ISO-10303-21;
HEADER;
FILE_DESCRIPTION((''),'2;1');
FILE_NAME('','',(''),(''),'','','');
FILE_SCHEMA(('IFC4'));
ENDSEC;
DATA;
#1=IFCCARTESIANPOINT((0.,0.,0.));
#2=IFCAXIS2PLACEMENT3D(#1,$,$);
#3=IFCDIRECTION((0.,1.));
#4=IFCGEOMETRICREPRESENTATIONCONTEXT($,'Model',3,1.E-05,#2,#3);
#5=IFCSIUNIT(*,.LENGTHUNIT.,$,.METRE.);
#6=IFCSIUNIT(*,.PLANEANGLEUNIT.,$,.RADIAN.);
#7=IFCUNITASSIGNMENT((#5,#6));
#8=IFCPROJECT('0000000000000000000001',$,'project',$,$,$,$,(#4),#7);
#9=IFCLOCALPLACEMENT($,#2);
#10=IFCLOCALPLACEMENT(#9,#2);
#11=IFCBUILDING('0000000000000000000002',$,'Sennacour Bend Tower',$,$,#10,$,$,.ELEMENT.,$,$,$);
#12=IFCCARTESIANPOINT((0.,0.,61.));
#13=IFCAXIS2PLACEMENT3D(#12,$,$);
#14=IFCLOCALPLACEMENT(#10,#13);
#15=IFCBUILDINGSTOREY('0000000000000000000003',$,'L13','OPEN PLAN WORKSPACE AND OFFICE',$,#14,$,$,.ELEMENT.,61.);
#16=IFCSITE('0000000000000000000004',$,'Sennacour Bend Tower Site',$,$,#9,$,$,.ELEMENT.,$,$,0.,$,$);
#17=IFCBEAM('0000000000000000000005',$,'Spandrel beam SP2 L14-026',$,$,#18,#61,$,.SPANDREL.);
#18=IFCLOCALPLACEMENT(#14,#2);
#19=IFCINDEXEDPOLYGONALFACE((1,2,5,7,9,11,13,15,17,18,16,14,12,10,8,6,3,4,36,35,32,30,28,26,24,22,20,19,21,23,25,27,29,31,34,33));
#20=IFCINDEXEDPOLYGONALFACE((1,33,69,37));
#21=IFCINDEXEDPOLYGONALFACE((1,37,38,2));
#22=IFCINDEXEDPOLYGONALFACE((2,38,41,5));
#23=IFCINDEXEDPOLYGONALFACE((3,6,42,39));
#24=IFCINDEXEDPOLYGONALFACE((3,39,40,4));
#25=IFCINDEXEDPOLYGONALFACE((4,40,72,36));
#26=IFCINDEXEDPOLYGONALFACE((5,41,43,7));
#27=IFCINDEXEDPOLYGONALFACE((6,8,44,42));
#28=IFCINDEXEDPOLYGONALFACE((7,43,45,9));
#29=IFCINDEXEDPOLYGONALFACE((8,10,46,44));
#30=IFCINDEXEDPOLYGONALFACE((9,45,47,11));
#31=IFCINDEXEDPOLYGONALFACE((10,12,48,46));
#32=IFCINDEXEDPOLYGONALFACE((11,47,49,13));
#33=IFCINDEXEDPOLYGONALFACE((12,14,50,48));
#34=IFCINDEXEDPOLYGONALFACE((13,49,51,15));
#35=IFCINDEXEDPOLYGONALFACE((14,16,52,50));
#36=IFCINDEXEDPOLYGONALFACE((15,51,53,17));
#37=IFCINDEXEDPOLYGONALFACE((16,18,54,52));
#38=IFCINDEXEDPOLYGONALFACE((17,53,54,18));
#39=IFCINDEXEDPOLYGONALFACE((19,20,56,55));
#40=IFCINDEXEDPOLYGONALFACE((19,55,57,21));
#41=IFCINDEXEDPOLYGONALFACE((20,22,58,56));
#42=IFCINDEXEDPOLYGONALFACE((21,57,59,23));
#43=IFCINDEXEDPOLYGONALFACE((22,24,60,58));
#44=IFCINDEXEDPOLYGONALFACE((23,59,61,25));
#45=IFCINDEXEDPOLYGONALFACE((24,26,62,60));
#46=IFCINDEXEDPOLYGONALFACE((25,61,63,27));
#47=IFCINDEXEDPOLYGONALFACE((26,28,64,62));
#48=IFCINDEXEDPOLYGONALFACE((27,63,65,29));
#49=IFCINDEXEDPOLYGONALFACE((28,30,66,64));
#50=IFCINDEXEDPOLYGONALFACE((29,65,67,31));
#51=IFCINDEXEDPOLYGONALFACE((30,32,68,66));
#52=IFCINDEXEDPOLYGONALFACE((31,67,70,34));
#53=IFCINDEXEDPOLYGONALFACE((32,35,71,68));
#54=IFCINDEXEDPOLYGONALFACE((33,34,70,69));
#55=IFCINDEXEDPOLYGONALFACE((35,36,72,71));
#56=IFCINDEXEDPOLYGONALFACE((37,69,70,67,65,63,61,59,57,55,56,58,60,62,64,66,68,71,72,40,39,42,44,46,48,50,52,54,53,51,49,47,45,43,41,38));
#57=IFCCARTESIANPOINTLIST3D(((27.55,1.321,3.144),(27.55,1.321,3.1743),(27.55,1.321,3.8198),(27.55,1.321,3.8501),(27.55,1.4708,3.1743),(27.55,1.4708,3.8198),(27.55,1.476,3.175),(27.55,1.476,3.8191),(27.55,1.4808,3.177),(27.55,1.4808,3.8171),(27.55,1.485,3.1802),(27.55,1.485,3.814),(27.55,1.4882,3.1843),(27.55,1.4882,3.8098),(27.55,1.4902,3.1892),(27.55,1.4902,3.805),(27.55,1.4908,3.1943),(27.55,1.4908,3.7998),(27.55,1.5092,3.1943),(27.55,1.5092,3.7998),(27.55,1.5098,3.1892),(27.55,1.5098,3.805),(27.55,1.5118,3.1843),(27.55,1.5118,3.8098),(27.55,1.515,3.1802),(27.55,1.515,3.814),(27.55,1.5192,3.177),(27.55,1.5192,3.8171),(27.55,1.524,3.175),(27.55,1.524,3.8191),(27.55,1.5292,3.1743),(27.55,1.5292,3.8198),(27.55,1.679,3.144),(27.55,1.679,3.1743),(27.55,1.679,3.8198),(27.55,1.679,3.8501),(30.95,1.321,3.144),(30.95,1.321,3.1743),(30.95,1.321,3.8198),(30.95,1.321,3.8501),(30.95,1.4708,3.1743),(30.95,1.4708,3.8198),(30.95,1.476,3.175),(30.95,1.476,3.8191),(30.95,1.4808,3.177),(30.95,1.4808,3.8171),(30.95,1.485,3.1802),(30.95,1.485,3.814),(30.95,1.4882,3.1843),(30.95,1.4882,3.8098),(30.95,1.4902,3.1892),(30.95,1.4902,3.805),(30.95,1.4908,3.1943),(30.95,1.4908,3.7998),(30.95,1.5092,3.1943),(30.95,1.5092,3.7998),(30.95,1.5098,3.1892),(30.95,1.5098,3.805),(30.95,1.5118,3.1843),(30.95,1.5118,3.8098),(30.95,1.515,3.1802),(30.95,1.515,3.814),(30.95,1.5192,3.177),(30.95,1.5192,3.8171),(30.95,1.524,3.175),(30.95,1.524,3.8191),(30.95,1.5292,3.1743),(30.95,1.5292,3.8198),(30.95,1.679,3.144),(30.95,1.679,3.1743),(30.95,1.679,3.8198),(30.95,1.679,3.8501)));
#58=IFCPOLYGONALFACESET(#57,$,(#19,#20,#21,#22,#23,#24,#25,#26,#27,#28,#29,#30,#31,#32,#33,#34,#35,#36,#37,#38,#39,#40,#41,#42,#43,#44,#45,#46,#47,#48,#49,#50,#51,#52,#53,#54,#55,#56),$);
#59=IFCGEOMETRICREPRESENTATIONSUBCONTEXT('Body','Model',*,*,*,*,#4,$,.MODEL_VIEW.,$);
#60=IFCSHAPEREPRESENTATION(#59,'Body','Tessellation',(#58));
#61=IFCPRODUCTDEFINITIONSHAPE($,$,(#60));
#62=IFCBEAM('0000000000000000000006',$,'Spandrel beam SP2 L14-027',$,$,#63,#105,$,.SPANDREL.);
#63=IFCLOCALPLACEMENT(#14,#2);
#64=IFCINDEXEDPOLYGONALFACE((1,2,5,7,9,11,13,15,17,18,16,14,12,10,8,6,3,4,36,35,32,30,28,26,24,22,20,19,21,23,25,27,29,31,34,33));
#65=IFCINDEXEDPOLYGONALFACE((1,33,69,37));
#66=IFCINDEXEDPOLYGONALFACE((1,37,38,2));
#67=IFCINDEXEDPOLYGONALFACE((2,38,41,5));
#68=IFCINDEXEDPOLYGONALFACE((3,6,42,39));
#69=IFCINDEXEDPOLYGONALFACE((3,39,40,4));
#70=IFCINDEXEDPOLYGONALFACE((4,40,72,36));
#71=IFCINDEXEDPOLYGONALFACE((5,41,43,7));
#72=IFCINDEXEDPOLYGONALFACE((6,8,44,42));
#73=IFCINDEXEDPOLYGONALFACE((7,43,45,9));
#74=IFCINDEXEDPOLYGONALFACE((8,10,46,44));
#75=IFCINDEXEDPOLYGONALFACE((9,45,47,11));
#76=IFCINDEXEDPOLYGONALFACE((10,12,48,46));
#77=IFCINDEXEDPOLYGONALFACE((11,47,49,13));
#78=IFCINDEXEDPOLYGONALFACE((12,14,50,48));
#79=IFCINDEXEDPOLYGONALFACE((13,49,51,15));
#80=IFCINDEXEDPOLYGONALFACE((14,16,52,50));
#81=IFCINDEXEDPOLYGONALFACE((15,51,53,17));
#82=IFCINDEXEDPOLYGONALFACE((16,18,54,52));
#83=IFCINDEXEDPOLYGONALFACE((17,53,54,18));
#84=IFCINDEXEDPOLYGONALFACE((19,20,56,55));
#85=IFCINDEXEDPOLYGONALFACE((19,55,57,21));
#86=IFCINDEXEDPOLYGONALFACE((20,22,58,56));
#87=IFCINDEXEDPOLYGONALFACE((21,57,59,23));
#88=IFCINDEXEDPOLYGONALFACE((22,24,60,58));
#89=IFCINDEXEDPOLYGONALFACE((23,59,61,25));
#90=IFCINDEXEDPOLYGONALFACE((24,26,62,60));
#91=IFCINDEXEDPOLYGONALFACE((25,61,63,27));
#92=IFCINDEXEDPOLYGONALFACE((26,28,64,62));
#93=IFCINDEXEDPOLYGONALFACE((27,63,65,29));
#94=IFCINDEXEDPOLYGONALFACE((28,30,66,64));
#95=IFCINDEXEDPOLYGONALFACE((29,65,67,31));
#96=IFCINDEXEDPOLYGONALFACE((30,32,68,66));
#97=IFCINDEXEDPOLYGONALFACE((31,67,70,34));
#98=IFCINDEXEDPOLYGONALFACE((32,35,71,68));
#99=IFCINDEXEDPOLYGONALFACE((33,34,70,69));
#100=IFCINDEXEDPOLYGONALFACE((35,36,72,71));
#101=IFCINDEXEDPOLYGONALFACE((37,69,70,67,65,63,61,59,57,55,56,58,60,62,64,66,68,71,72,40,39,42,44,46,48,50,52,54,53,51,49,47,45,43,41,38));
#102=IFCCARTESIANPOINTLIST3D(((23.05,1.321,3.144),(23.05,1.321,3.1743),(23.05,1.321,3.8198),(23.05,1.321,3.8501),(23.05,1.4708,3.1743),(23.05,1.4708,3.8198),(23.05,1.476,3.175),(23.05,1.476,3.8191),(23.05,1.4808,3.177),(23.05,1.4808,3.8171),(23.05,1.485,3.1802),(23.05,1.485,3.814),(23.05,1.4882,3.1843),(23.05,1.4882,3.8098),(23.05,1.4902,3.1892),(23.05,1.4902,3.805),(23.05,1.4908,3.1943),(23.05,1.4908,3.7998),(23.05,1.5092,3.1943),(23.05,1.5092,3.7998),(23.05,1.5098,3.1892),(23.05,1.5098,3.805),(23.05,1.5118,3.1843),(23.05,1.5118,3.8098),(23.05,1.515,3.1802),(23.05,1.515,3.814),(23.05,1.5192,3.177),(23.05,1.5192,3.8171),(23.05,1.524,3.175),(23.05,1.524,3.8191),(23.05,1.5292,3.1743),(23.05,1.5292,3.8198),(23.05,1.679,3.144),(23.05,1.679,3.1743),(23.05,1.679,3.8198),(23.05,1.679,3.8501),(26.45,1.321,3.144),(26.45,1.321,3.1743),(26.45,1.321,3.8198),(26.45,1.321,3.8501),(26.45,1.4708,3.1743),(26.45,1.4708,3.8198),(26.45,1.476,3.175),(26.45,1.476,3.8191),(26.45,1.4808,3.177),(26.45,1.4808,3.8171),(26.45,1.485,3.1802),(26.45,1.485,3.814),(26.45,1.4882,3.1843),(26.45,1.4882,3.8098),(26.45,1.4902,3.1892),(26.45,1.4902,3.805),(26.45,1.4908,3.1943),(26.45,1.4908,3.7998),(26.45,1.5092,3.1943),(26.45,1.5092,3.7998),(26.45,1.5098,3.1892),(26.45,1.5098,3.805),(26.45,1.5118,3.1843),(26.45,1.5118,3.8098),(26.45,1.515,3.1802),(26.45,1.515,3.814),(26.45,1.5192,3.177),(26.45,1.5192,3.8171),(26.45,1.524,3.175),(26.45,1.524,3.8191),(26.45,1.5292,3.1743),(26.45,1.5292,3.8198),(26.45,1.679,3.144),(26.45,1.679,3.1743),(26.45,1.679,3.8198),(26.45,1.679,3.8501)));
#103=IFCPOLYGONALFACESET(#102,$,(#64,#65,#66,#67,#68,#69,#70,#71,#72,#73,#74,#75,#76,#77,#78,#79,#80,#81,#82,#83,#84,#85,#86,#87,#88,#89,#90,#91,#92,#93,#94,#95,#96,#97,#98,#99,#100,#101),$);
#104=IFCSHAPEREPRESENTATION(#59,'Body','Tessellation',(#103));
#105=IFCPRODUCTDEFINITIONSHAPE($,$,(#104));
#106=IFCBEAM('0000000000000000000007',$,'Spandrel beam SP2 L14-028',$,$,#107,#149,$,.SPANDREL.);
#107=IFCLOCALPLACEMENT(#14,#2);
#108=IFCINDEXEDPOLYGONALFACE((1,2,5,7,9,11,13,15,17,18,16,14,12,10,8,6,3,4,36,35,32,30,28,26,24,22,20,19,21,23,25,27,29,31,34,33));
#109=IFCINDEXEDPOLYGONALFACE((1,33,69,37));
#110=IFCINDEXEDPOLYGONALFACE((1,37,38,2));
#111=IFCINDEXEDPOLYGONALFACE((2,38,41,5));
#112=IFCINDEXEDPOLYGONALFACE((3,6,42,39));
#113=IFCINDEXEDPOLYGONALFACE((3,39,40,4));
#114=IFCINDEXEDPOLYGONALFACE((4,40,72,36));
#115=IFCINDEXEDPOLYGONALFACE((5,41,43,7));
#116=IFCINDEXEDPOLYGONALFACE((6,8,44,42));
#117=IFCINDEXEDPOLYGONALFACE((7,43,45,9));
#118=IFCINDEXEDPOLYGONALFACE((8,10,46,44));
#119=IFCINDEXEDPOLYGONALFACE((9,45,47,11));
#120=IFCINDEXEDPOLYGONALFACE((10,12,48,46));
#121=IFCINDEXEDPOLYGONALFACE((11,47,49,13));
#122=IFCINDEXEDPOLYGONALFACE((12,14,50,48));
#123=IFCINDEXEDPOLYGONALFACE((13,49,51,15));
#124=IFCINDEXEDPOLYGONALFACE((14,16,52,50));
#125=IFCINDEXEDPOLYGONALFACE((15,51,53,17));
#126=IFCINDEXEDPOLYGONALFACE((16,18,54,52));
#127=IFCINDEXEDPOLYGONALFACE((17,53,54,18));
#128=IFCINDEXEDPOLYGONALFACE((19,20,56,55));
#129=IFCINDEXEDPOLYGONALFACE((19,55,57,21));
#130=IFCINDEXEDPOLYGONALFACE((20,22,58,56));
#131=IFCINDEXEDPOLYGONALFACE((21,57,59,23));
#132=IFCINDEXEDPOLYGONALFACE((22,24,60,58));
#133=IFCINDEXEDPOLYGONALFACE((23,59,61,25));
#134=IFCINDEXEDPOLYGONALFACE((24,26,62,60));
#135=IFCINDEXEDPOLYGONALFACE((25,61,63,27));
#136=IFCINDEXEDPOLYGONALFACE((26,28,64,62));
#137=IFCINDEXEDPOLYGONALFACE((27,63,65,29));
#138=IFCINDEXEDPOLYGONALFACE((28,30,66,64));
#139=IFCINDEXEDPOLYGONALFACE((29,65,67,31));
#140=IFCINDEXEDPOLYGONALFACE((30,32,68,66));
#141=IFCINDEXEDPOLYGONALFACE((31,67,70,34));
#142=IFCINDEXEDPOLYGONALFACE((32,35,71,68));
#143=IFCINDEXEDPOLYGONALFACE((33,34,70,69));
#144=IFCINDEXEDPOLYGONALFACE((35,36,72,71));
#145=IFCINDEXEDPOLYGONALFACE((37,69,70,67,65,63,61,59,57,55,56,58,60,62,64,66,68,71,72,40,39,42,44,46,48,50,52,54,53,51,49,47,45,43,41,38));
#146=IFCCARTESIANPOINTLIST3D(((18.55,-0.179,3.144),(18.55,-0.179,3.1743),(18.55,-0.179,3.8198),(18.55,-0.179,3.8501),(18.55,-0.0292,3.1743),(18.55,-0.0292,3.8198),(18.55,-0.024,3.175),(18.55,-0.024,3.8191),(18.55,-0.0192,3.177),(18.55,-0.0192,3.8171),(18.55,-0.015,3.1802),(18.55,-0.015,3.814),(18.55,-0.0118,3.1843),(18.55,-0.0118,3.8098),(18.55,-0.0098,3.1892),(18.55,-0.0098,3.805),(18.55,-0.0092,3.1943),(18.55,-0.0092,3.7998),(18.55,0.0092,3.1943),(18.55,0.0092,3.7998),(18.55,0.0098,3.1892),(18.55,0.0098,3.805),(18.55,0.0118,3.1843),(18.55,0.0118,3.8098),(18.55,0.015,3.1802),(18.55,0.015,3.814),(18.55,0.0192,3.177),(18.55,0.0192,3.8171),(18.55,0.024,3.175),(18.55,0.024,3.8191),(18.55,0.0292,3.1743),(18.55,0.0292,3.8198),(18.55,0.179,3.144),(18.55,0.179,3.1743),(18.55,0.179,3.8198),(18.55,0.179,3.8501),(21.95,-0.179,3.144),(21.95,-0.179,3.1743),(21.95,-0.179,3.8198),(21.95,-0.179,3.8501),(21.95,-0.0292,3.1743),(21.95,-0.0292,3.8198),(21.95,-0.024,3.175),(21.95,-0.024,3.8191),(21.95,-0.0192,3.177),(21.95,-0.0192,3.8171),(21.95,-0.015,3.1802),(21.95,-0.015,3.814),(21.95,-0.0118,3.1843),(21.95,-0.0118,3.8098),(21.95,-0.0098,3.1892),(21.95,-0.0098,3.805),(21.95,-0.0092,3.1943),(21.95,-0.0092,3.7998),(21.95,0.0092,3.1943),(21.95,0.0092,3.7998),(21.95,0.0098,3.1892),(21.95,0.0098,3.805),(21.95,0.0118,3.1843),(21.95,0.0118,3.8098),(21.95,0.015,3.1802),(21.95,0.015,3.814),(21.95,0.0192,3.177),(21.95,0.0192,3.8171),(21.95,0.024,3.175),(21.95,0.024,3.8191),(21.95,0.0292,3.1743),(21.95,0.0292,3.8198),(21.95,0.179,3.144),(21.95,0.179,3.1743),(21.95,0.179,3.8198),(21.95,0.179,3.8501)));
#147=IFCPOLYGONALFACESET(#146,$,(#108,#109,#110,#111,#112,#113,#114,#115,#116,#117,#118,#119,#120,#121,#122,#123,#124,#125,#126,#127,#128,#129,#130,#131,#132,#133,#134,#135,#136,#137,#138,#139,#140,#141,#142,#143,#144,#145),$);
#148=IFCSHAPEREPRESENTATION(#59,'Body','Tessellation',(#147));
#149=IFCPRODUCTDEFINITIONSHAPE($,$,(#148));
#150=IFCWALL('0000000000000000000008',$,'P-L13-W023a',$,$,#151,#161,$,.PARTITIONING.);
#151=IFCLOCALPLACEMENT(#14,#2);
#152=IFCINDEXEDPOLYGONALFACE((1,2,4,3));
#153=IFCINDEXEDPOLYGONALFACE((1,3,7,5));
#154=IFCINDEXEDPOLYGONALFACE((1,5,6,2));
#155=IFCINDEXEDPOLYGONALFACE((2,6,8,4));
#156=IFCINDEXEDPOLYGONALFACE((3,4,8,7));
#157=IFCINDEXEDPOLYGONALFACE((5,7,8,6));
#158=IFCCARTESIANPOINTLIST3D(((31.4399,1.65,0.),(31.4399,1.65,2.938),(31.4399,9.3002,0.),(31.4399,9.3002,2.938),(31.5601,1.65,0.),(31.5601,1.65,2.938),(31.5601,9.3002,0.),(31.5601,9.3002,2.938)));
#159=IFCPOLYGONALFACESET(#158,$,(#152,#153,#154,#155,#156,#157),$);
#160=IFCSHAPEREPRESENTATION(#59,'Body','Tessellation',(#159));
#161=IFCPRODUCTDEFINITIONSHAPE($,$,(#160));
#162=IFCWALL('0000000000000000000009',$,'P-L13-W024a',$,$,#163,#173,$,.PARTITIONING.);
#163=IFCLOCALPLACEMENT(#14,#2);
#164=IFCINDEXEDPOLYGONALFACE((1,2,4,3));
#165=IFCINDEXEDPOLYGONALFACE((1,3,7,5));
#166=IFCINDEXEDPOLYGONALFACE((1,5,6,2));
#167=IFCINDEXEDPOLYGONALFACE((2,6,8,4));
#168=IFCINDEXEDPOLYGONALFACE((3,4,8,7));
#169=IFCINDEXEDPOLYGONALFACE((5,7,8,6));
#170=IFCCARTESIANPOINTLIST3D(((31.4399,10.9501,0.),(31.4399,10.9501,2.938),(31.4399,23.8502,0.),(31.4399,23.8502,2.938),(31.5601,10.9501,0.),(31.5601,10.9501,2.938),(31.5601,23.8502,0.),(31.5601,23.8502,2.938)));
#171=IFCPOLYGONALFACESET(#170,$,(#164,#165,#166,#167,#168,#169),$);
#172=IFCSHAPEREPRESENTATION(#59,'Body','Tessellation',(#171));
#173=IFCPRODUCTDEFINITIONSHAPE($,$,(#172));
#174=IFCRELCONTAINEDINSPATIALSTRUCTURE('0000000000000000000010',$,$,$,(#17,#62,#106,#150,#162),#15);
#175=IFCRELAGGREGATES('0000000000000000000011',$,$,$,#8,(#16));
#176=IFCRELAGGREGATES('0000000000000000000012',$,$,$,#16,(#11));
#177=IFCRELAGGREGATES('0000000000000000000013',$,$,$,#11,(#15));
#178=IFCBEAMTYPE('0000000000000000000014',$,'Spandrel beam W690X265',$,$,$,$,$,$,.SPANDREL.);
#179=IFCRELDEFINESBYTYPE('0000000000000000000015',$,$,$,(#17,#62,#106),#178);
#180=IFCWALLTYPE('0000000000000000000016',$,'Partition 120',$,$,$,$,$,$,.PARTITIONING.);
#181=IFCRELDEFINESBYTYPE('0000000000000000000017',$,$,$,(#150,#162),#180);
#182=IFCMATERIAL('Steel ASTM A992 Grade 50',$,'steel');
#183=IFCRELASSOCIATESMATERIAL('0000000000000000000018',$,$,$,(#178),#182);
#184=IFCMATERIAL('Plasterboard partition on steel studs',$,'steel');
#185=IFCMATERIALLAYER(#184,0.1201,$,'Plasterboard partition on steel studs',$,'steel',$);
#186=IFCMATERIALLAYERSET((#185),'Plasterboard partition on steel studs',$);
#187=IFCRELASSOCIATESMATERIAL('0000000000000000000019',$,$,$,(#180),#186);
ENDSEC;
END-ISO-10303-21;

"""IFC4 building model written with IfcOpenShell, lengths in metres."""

from ifc_helpers import new_model, si_unit, direction, frame, frame_2d, origin, origin_2d, place, context, subcontext, project, spatial, rectangle, i_section, extrude, material, layer, layer_set, material_profile, profile_set, type_object, element, save


model = new_model("IFC4")

# Units and contexts
model_context = context("Model", 3, precision=1e-05, world=origin(), true_north=direction((0.0, 1.0)))
body_context = subcontext(model_context, "Body", "Model", "MODEL_VIEW")
ifc_project = project(units=[si_unit("LENGTHUNIT", "METRE"), si_unit("PLANEANGLEUNIT", "RADIAN")], contexts=[model_context])

# Site, building, storey
site_placement = place(None, origin())
site = spatial("IfcSite", under=ifc_project, at=site_placement, Name="Sennacour Bend Tower Site", CompositionType="ELEMENT", RefElevation=0.0)
building_placement = place(site_placement, origin())
building = spatial("IfcBuilding", under=site, at=building_placement, Name="Sennacour Bend Tower", CompositionType="ELEMENT")
storey_placement = place(building_placement, frame((0.0, 0.0, 61.0)))
storey = spatial("IfcBuildingStorey", under=building, at=storey_placement, Name="L13", Description="OPEN PLAN WORKSPACE AND OFFICE", CompositionType="ELEMENT", Elevation=61.0)

# Beams
ifc_material_1 = material(Name="Steel ASTM A992 Grade 50", Category="steel")
ifc_material_profile_1 = material_profile(ifc_material_1, i_section(OverallWidth=0.3579, OverallDepth=0.7061, WebThickness=0.0183, FlangeThickness=0.0303, FilletRadius=0.02, at=origin_2d()), Name="Steel ASTM A992 Grade 50", Category="steel")
ifc_profile_set_1 = profile_set([ifc_material_profile_1], Name="Steel ASTM A992 Grade 50")
beam_type_1 = type_object("IfcBeamType", Name="Spandrel beam W690X265", PredefinedType="SPANDREL", material=ifc_profile_set_1)
for number, where, z_axis, x_axis, name in (
    (1, (30.95, 1.5, 3.4971), (-1.0, 0.0, 0.0), (0.0, -1.0, 0.0), "Spandrel beam SP2 L14-026"),
    (2, (26.45, 1.5, 3.4971), (-1.0, 0.0, 0.0), (0.0, -1.0, 0.0), "Spandrel beam SP2 L14-027"),
    (3, (21.95, 0.0, 3.4971), (-1.0, 0.0, 0.0), (0.0, -1.0, 0.0), "Spandrel beam SP2 L14-028"),
):
    element("IfcBeam", number, at=place(storey_placement, frame(where, z_axis=z_axis, x_axis=x_axis)), inside=storey, type_object=beam_type_1, Name=name, PredefinedType="SPANDREL", context=body_context, shape_type="SweptSolid", body=[
        extrude(i_section(OverallWidth=0.3579, OverallDepth=0.7061, WebThickness=0.0183, FlangeThickness=0.0303, FilletRadius=0.02, at=origin_2d()), origin(), (0.0, 0.0, 1.0), 3.3999),
    ])

# Walls
ifc_material_2 = material(Name="Plasterboard partition on steel studs", Category="steel")
ifc_layer_1 = layer(ifc_material_2, 0.1201, Name="Plasterboard partition on steel studs", Category="steel")
ifc_layer_set_1 = layer_set([ifc_layer_1], Name="Plasterboard partition on steel studs")
wall_type_1 = type_object("IfcWallType", Name="Partition 120", PredefinedType="PARTITIONING", material=ifc_layer_set_1)
wall_1_placement = place(storey_placement, frame((31.5, 1.6499, 0.0), z_axis=(0.0, 0.0, 1.0), x_axis=(0.0, 1.0, 0.0)))
element("IfcWall", 4, at=wall_1_placement, inside=storey, type_object=wall_type_1, Name="P-L13-W023a", PredefinedType="PARTITIONING", context=body_context, shape_type="SweptSolid", body=[
    extrude(rectangle(XDim=7.6501, YDim=0.1201, at=frame_2d((3.8252, 0.0))), origin(), (0.0, 0.0, 1.0), 2.938),
])
wall_2_placement = place(storey_placement, frame((31.5, 10.95, 0.0), z_axis=(0.0, 0.0, 1.0), x_axis=(0.0, 1.0, 0.0)))
element("IfcWall", 5, at=wall_2_placement, inside=storey, type_object=wall_type_1, Name="P-L13-W024a", PredefinedType="PARTITIONING", context=body_context, shape_type="SweptSolid", body=[
    extrude(rectangle(XDim=12.9001, YDim=0.1201, at=frame_2d((6.4502, 0.0))), origin(), (0.0, 0.0, 1.0), 2.938),
])

save(model, "model.ifc")
